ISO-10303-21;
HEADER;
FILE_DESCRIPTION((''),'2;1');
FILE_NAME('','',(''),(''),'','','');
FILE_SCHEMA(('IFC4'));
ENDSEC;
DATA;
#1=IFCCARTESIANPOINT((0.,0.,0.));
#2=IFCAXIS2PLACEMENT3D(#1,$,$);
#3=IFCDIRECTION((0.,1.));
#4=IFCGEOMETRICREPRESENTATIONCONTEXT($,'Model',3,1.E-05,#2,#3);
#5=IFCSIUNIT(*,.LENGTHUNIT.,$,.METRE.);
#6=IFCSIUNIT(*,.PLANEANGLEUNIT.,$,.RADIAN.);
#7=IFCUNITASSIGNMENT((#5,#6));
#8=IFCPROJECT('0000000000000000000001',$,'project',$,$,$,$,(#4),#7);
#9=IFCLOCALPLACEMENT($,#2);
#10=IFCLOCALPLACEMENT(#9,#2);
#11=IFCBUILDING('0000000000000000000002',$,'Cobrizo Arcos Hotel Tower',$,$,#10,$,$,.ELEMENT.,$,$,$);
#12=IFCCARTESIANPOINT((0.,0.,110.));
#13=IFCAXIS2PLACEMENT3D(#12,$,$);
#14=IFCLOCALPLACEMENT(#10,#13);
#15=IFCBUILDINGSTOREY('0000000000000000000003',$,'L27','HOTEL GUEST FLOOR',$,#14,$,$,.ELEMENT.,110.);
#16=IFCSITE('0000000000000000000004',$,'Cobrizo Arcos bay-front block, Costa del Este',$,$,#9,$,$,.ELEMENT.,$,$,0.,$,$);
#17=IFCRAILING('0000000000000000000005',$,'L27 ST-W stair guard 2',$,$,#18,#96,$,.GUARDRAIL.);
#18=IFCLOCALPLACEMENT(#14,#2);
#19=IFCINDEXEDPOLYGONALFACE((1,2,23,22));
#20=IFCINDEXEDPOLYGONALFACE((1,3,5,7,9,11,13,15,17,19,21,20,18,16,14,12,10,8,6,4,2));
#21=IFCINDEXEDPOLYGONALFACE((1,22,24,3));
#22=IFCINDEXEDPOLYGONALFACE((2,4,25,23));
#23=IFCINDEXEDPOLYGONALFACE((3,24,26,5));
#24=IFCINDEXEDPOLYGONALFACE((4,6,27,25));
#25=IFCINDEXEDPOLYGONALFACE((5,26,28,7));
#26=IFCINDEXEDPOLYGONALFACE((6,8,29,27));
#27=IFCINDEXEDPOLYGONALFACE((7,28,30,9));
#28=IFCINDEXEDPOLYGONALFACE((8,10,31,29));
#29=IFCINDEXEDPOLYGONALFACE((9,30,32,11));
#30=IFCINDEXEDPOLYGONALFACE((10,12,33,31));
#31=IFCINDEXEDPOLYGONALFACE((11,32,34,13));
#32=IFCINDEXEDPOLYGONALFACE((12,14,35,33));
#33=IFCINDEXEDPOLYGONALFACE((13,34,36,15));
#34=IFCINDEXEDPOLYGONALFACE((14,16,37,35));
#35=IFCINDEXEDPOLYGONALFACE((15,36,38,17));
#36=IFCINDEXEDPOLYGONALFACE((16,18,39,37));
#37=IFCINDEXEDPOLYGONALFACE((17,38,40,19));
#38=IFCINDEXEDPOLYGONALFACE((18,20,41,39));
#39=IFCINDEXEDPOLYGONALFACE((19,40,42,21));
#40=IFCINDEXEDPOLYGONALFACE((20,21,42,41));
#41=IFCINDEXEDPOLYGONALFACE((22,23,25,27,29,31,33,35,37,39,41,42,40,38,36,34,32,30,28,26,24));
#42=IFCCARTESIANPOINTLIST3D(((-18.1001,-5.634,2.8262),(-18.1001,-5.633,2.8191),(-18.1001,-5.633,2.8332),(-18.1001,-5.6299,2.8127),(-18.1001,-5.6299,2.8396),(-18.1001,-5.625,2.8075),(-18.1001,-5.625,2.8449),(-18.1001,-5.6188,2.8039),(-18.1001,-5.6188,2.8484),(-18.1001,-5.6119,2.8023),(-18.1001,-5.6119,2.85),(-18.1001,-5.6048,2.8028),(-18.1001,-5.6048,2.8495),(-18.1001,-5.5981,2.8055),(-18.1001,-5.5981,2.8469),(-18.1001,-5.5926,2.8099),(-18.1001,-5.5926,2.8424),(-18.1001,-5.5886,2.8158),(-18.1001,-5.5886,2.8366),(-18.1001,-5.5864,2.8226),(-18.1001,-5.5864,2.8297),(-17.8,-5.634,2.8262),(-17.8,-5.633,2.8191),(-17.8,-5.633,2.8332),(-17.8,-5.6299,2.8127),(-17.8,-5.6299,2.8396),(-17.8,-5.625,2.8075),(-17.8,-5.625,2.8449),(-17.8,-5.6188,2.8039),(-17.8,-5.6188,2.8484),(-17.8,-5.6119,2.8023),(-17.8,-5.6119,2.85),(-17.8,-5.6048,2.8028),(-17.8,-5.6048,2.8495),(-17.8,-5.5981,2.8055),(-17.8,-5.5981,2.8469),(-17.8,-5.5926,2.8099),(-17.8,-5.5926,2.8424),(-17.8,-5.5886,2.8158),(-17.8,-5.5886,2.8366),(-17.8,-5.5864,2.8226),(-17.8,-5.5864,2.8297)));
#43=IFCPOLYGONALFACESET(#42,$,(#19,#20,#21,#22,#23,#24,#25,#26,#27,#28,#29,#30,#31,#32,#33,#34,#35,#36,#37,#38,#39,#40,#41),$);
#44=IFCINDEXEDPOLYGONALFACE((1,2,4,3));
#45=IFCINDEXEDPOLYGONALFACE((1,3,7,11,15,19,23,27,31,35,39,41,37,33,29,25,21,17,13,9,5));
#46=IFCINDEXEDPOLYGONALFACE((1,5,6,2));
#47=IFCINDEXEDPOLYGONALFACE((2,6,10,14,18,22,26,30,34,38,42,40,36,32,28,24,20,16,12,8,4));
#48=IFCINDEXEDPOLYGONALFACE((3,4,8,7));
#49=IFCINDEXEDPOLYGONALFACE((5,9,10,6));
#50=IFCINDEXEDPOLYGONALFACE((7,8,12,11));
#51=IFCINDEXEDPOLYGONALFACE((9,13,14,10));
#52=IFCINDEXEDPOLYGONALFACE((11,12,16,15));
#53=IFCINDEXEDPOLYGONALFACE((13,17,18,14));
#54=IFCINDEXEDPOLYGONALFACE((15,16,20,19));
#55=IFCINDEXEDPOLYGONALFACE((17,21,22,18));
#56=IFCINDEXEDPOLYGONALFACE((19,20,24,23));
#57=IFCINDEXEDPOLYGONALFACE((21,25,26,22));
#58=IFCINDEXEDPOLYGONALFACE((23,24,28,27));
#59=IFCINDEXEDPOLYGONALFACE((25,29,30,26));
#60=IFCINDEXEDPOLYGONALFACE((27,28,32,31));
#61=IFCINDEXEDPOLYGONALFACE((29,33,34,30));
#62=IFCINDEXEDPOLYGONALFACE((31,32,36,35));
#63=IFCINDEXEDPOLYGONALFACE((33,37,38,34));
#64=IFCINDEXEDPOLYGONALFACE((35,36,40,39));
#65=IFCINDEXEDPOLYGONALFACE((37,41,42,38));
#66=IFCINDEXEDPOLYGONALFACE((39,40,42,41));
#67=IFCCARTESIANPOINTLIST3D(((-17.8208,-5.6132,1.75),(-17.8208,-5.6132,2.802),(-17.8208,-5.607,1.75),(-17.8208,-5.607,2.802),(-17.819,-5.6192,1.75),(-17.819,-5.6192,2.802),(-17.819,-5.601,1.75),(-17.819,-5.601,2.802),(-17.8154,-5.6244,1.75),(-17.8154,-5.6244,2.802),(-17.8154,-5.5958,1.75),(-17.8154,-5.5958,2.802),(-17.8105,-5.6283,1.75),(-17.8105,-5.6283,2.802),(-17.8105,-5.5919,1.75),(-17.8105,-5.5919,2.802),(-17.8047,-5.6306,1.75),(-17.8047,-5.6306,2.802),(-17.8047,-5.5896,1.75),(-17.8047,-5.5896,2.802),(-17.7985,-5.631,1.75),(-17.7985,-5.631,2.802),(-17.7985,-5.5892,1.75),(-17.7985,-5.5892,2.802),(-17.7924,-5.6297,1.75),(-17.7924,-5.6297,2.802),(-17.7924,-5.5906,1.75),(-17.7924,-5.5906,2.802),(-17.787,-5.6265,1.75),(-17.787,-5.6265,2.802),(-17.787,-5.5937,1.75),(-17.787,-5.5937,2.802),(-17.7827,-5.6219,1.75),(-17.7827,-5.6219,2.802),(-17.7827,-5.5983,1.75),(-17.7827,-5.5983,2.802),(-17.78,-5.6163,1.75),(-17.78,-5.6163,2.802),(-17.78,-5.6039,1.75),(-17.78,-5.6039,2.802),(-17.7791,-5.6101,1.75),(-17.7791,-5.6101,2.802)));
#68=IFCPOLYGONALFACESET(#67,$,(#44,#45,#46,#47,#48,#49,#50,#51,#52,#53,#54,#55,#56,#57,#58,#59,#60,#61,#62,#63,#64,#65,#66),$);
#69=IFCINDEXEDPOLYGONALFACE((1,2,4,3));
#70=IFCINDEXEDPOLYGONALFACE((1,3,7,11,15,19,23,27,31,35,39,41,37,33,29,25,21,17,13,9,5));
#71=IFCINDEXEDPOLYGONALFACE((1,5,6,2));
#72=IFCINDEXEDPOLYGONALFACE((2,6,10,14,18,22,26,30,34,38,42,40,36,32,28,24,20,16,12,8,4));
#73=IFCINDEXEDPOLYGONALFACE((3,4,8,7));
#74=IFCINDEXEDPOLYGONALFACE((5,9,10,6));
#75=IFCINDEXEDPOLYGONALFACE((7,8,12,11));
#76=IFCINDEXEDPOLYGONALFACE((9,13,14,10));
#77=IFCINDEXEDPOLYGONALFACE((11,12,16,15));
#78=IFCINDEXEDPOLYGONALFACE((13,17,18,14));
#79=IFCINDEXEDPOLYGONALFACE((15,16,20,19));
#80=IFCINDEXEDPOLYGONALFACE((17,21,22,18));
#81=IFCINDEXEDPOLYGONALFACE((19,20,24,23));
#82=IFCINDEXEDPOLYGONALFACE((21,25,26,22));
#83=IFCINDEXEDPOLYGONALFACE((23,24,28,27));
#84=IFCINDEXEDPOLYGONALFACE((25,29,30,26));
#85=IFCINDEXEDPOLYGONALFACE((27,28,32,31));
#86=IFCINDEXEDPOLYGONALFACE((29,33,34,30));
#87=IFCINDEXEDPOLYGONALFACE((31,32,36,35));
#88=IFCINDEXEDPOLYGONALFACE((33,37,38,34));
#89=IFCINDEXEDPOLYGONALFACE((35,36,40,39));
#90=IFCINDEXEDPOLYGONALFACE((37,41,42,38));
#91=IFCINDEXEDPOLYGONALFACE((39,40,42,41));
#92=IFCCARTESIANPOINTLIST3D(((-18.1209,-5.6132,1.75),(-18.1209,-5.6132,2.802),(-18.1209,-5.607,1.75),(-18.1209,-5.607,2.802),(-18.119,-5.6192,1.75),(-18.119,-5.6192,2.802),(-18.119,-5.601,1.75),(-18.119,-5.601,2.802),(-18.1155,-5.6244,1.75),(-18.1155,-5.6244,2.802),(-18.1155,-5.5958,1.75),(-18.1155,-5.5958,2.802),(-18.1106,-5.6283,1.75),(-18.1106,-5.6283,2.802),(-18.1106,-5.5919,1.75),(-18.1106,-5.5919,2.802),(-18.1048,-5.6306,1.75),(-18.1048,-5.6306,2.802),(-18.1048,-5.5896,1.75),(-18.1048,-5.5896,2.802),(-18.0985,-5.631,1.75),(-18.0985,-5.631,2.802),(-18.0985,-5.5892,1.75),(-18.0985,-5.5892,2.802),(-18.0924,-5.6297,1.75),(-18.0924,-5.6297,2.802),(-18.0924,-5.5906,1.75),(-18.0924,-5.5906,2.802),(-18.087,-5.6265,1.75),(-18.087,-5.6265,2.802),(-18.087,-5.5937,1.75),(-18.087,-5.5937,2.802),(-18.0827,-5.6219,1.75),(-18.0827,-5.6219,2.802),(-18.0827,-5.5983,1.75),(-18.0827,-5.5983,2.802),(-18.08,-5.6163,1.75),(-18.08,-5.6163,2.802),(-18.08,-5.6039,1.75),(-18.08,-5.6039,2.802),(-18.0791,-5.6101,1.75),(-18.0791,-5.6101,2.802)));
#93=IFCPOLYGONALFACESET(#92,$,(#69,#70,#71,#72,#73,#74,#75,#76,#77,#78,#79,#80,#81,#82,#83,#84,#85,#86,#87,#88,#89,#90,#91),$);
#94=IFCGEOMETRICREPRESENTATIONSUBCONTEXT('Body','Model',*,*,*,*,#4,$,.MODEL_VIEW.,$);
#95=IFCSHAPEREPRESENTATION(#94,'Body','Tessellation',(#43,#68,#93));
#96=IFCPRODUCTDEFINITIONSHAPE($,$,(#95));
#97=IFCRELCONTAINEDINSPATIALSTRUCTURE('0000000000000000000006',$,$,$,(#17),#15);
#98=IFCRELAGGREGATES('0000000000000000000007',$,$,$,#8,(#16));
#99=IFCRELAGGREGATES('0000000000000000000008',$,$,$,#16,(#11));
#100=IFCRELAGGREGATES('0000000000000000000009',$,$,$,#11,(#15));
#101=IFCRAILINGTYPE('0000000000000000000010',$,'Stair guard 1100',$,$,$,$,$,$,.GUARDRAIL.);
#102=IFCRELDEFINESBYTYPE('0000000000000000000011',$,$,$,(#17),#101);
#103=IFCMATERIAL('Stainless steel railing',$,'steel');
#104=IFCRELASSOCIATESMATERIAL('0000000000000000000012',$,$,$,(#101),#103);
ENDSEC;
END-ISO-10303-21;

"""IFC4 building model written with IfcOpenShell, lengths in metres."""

from ifc_helpers import new_model, si_unit, direction, frame, origin, origin_2d, place, context, subcontext, project, spatial, circle, extrude, material, type_object, element, save


model = new_model("IFC4")

# Units and contexts
model_context = context("Model", 3, precision=1e-05, world=origin(), true_north=direction((0.0, 1.0)))
body_context = subcontext(model_context, "Body", "Model", "MODEL_VIEW")
ifc_project = project(units=[si_unit("LENGTHUNIT", "METRE"), si_unit("PLANEANGLEUNIT", "RADIAN")], contexts=[model_context])

# Site, building, storey
site_placement = place(None, origin())
site = spatial("IfcSite", under=ifc_project, at=site_placement, Name="Cobrizo Arcos bay-front block, Costa del Este", CompositionType="ELEMENT", RefElevation=0.0)
building_placement = place(site_placement, origin())
building = spatial("IfcBuilding", under=site, at=building_placement, Name="Cobrizo Arcos Hotel Tower", CompositionType="ELEMENT")
storey_placement = place(building_placement, frame((0.0, 0.0, 110.0)))
storey = spatial("IfcBuildingStorey", under=building, at=storey_placement, Name="L27", Description="HOTEL GUEST FLOOR", CompositionType="ELEMENT", Elevation=110.0)

# Railing
ifc_material_1 = material(Name="Stainless steel railing", Category="steel")
railing_type_1 = type_object("IfcRailingType", Name="Stair guard 1100", PredefinedType="GUARDRAIL", material=ifc_material_1)
railing_1_placement = place(storey_placement, frame((-17.8, -5.6101, 1.75)))
element("IfcRailing", 1, at=railing_1_placement, inside=storey, type_object=railing_type_1, Name="L27 ST-W stair guard 2", PredefinedType="GUARDRAIL", context=body_context, shape_type="SweptSolid", body=[
    extrude(circle(Radius=0.0239, at=origin_2d()), frame((0.0, 0.0, 1.0762), z_axis=(-1.0, 0.0, 0.0), x_axis=(0.0, -1.0, 0.0)), (0.0, 0.0, 1.0), 0.3),
    extrude(circle(Radius=0.021, at=origin_2d()), origin(), (0.0, 0.0, 1.0), 1.052),
    extrude(circle(Radius=0.021, at=origin_2d()), frame((-0.3, 0.0, 0.0)), (0.0, 0.0, 1.0), 1.052),
])

save(model, "model.ifc")
